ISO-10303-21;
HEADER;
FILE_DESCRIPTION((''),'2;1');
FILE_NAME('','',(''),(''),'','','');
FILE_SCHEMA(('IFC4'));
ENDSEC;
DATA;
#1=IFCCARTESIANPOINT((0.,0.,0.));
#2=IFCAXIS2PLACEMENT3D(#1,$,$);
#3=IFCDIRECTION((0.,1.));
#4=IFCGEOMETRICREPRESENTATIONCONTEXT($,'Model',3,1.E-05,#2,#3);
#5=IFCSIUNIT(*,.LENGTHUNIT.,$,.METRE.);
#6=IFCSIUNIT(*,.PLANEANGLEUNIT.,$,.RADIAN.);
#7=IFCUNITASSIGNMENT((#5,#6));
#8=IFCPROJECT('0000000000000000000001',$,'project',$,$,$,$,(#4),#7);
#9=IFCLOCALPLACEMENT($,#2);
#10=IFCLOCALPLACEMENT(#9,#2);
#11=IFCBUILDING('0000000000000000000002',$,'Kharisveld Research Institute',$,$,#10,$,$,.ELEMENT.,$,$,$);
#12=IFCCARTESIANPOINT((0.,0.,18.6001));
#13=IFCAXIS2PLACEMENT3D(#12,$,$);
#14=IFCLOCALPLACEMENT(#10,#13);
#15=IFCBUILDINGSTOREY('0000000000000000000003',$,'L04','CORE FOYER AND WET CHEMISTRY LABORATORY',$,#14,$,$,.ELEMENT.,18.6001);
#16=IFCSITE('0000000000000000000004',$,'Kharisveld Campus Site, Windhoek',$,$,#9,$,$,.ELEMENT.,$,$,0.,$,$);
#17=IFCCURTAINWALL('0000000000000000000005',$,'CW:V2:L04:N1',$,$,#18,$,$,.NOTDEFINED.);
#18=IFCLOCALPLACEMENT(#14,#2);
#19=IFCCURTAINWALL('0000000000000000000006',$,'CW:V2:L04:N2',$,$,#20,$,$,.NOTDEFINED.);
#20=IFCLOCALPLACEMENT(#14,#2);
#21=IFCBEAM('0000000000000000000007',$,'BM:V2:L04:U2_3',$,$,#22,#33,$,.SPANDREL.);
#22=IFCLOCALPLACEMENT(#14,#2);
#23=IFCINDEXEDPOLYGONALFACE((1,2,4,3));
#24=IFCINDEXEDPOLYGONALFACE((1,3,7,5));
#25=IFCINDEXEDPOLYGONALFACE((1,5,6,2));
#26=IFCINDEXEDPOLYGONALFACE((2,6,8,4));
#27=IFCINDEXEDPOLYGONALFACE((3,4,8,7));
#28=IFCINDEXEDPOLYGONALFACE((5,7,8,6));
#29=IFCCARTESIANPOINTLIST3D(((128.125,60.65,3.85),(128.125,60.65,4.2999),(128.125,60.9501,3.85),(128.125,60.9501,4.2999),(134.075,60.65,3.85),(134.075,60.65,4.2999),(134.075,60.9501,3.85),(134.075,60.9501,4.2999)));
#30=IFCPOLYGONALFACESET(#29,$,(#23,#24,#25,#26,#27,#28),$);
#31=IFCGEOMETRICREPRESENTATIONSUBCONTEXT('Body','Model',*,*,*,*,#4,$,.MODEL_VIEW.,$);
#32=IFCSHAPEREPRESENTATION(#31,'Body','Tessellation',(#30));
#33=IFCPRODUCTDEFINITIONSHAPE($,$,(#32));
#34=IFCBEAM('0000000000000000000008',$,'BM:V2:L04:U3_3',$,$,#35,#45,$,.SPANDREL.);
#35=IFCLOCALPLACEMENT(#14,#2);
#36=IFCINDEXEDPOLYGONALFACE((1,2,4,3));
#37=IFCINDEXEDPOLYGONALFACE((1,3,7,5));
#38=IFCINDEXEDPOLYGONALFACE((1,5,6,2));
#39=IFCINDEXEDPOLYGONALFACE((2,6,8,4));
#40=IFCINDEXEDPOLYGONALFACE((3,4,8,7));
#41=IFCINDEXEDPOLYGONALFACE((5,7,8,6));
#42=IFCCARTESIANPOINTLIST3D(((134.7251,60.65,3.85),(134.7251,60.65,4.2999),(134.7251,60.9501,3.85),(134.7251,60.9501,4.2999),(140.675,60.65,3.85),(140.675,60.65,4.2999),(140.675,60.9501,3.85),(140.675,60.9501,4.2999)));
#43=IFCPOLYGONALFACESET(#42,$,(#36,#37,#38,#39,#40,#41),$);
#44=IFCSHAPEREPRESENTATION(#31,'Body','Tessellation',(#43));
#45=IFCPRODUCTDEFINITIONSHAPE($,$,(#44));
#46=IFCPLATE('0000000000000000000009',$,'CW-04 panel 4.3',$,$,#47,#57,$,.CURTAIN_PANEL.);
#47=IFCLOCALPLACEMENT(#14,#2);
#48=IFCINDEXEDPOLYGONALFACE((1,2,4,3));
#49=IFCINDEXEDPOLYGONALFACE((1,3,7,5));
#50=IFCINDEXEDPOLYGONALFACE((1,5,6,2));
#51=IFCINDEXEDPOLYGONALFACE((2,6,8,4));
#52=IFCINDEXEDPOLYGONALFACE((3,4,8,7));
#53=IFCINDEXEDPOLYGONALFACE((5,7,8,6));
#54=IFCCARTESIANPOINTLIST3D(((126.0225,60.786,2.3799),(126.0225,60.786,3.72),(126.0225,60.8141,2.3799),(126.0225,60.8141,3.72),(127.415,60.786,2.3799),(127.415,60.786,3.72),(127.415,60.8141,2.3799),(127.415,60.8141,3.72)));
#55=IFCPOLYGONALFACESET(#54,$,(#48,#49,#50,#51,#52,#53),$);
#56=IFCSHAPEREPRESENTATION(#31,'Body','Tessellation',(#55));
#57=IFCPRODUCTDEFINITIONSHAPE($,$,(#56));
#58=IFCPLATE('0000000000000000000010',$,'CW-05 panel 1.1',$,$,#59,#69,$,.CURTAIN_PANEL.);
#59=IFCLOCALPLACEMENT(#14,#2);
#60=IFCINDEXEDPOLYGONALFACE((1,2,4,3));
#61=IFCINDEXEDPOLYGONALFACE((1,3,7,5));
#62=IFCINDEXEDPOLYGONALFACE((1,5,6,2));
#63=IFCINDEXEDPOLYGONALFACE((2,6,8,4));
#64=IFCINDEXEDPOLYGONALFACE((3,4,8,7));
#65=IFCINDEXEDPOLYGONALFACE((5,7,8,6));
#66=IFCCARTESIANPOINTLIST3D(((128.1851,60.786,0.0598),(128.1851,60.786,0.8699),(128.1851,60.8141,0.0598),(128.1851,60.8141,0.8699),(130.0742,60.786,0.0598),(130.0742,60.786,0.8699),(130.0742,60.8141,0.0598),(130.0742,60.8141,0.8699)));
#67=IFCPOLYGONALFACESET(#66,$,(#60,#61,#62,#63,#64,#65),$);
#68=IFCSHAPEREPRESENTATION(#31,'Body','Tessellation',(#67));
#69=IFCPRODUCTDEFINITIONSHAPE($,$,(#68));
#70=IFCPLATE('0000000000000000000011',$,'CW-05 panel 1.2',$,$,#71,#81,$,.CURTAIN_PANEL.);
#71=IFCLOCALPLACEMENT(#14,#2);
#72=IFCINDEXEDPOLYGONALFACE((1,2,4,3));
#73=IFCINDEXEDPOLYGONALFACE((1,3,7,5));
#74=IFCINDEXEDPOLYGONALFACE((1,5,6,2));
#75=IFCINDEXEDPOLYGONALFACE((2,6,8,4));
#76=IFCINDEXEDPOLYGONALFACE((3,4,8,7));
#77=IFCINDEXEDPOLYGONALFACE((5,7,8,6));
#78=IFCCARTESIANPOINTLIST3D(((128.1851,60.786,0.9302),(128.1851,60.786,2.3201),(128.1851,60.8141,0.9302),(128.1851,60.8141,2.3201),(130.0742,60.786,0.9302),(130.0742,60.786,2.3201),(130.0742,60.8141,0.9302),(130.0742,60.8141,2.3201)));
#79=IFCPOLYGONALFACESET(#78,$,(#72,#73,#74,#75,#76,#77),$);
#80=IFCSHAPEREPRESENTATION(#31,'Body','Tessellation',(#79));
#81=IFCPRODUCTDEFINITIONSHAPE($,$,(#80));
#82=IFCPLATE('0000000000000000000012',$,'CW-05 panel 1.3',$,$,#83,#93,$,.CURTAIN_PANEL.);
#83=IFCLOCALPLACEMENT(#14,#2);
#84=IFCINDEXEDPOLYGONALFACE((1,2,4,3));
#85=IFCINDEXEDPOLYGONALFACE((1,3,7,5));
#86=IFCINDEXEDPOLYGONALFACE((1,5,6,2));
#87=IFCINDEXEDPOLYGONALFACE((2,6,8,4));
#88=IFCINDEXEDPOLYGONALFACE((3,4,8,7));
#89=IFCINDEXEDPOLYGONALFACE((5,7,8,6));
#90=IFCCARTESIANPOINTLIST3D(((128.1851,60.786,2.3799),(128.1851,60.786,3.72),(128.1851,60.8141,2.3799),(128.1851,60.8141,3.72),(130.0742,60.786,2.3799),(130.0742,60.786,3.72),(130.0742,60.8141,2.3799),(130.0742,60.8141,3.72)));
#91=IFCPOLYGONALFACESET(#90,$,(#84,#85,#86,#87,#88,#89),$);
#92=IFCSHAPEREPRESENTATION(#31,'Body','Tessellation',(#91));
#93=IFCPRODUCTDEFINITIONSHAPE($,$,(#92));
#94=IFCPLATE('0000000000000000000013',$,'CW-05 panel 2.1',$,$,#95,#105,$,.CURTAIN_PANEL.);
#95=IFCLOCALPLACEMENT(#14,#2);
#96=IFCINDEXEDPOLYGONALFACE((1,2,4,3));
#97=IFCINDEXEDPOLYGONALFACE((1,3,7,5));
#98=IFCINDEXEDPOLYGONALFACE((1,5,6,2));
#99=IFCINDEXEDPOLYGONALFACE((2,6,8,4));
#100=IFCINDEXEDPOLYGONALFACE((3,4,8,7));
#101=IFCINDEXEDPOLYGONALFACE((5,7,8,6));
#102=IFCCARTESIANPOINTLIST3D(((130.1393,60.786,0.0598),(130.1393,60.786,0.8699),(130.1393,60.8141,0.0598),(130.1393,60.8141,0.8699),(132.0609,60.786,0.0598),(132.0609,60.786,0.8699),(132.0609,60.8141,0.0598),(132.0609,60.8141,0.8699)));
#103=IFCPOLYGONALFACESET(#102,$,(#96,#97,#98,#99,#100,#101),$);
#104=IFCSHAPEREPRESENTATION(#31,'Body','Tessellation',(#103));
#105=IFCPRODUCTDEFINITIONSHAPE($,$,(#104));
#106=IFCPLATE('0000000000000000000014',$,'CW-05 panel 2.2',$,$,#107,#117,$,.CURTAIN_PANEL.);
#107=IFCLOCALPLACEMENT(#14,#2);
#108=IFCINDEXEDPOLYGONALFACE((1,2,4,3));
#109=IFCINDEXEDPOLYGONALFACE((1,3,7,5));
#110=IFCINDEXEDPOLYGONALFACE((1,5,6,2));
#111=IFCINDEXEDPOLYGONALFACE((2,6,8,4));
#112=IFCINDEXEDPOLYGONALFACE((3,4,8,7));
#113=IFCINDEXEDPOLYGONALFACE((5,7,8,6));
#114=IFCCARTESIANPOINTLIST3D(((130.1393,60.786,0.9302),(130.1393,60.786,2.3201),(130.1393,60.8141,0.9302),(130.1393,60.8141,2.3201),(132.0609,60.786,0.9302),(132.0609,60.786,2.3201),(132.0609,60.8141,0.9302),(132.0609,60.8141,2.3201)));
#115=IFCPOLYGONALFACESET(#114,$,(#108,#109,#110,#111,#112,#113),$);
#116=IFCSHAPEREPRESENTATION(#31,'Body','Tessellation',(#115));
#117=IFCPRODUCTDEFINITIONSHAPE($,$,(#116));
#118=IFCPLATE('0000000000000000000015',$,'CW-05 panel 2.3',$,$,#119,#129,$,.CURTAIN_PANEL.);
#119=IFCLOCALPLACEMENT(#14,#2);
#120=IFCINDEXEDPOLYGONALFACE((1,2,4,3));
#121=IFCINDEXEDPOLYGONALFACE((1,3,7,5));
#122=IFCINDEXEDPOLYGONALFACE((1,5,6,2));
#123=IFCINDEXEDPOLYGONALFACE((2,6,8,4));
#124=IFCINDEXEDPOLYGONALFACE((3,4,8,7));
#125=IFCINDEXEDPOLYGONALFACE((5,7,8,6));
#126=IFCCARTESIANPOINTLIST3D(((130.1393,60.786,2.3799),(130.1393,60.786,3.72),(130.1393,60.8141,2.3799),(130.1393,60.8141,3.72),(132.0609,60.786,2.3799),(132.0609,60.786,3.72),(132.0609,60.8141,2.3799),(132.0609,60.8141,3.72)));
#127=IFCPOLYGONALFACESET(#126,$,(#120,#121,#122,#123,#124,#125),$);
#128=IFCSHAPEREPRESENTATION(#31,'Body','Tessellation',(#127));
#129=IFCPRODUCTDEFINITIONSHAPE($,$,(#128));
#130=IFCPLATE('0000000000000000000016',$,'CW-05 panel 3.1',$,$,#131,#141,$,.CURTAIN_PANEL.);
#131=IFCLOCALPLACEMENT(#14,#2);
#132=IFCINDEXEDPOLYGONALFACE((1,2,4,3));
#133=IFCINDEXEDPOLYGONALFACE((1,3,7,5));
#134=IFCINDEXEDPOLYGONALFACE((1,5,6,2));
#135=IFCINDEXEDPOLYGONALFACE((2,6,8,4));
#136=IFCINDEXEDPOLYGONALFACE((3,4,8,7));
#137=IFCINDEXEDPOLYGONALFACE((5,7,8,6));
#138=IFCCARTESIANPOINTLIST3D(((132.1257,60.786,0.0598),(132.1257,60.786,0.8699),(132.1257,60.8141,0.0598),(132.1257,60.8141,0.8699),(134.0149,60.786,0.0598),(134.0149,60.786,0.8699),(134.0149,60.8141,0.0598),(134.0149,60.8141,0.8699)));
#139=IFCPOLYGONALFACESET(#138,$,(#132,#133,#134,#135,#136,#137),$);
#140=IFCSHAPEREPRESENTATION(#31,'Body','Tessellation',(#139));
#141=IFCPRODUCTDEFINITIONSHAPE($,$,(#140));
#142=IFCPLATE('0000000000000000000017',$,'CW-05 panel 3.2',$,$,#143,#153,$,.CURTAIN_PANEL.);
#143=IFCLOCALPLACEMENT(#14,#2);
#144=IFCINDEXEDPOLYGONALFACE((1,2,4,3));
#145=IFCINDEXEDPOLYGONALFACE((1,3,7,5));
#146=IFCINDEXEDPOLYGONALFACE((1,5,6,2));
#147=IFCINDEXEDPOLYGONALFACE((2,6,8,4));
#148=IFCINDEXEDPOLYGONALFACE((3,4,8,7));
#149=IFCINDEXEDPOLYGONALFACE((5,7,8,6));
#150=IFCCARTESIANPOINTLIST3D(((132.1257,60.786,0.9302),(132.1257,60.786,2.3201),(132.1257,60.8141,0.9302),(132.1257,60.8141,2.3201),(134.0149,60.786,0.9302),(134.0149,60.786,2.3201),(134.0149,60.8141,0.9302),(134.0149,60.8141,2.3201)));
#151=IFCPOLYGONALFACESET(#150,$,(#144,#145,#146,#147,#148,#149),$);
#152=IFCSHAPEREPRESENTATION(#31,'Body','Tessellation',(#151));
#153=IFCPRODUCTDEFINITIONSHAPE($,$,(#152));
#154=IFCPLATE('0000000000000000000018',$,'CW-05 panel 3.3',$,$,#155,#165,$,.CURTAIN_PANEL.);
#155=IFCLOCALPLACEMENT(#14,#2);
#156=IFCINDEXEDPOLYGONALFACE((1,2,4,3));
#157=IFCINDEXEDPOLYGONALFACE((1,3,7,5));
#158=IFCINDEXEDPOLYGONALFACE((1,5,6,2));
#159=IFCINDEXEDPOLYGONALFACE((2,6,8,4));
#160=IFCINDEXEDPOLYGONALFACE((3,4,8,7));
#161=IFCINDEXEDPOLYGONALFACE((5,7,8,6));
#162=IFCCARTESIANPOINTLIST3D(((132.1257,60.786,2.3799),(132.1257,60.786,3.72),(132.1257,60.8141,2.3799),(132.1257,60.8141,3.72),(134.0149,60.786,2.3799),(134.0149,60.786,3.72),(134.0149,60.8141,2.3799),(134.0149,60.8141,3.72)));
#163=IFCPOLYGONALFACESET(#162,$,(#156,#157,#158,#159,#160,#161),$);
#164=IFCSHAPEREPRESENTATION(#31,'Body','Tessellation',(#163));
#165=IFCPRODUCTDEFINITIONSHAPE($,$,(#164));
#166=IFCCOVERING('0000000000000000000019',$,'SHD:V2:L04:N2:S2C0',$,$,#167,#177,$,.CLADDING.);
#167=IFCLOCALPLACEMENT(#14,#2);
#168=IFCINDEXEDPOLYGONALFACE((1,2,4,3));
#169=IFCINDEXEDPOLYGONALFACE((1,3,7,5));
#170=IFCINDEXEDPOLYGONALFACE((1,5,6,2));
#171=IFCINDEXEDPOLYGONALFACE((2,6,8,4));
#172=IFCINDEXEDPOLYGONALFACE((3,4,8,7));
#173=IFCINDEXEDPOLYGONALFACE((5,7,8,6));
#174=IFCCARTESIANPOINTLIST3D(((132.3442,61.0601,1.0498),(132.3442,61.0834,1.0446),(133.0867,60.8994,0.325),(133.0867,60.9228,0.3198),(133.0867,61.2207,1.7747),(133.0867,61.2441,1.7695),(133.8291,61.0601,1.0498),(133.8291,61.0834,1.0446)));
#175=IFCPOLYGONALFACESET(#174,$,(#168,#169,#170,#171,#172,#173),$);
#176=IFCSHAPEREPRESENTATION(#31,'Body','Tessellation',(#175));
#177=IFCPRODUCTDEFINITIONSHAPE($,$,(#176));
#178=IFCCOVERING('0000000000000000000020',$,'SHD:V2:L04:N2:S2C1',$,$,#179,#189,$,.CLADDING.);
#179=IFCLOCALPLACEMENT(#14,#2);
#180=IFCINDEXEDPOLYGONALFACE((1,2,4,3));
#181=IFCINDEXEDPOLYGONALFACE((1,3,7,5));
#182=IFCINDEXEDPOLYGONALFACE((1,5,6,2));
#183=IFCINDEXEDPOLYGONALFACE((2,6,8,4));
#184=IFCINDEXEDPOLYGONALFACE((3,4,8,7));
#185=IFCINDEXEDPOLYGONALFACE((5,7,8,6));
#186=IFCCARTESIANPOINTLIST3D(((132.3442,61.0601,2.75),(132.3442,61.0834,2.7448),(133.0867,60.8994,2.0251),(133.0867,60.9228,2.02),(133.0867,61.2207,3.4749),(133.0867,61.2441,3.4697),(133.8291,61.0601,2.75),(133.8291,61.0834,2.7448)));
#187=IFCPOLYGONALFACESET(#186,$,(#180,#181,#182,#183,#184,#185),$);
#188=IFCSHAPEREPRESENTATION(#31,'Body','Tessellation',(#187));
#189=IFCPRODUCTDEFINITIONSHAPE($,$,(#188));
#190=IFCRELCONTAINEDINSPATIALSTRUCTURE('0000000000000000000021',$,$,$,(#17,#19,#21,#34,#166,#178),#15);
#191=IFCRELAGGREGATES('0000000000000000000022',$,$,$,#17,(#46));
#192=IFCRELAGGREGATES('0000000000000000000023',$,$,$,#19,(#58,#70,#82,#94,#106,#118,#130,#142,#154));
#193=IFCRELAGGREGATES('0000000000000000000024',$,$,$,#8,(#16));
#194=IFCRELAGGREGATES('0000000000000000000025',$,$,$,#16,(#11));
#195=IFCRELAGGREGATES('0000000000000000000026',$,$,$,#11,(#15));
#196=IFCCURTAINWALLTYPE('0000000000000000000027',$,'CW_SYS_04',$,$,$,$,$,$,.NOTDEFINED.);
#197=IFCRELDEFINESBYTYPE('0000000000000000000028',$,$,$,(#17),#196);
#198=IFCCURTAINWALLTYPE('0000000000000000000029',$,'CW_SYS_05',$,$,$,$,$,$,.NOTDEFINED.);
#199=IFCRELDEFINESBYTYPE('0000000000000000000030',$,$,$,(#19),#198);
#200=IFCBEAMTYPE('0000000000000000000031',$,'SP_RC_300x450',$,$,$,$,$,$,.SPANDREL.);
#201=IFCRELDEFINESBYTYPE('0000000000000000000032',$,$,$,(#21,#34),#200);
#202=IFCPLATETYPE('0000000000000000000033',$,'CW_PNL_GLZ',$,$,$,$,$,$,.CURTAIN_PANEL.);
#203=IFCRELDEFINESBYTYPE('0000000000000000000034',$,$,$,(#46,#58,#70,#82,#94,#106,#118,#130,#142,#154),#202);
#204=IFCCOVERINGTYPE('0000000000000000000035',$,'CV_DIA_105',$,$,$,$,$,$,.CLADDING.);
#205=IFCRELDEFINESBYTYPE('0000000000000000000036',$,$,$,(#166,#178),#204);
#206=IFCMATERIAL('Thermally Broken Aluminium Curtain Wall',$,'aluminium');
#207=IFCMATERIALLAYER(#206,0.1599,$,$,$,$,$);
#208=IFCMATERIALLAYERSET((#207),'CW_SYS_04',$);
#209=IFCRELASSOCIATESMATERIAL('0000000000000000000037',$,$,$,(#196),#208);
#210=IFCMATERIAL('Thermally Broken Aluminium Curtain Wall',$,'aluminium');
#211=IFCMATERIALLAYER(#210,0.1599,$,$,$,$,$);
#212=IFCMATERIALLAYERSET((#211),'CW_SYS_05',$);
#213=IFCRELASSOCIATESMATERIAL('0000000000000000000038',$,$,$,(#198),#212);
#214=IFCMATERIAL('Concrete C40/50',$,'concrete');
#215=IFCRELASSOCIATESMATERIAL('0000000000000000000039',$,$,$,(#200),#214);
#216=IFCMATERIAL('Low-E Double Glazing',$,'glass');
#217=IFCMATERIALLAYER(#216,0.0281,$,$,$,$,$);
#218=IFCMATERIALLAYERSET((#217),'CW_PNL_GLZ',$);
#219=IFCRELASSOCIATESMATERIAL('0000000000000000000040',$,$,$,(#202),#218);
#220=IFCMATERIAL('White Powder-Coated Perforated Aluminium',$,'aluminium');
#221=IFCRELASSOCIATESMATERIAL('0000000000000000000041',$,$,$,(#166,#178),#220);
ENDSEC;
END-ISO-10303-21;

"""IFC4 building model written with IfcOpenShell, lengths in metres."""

from ifc_helpers import new_model, si_unit, direction, frame, origin, origin_2d, place, context, subcontext, project, spatial, polyline, rectangle, outline, extrude, material, layer, layer_set, material_profile, profile_set, type_object, element, aggregate, save


model = new_model("IFC4")

# Units and contexts
model_context = context("Model", 3, precision=1e-05, world=origin(), true_north=direction((0.0, 1.0)))
body_context = subcontext(model_context, "Body", "Model", "MODEL_VIEW")
ifc_project = project(units=[si_unit("LENGTHUNIT", "METRE"), si_unit("PLANEANGLEUNIT", "RADIAN")], contexts=[model_context])

# Site, building, storey
site_placement = place(None, origin())
site = spatial("IfcSite", under=ifc_project, at=site_placement, Name="Kharisveld Campus Site, Windhoek", CompositionType="ELEMENT", RefElevation=0.0)
building_placement = place(site_placement, origin())
building = spatial("IfcBuilding", under=site, at=building_placement, Name="Kharisveld Research Institute", CompositionType="ELEMENT")
storey_placement = place(building_placement, frame((0.0, 0.0, 18.6001)))
storey = spatial("IfcBuildingStorey", under=building, at=storey_placement, Name="L04", Description="CORE FOYER AND WET CHEMISTRY LABORATORY", CompositionType="ELEMENT", Elevation=18.6001)

# Curtain wall
ifc_material_1 = material(Name="Thermally Broken Aluminium Curtain Wall", Category="aluminium")
ifc_layer_1 = layer(ifc_material_1, 0.1599)
ifc_layer_set_1 = layer_set([ifc_layer_1], Name="CW_SYS_04")
curtain_wall_type_1 = type_object("IfcCurtainWallType", Name="CW_SYS_04", PredefinedType="NOTDEFINED", material=ifc_layer_set_1)
curtain_wall_1_placement = place(storey_placement, origin())
curtain_wall_1 = element("IfcCurtainWall", 1, at=curtain_wall_1_placement, inside=storey, type_object=curtain_wall_type_1, Name="CW:V2:L04:N1", PredefinedType="NOTDEFINED")

# Curtain wall
ifc_material_2 = material(Name="Thermally Broken Aluminium Curtain Wall", Category="aluminium")
ifc_layer_2 = layer(ifc_material_2, 0.1599)
ifc_layer_set_2 = layer_set([ifc_layer_2], Name="CW_SYS_05")
curtain_wall_type_2 = type_object("IfcCurtainWallType", Name="CW_SYS_05", PredefinedType="NOTDEFINED", material=ifc_layer_set_2)
curtain_wall_2_placement = place(storey_placement, origin())
curtain_wall_2 = element("IfcCurtainWall", 2, at=curtain_wall_2_placement, inside=storey, type_object=curtain_wall_type_2, Name="CW:V2:L04:N2", PredefinedType="NOTDEFINED")

# Beams
ifc_material_3 = material(Name="Concrete C40/50", Category="concrete")
ifc_material_profile_1 = material_profile(ifc_material_3, rectangle(XDim=0.3, YDim=0.45, at=origin_2d()))
ifc_profile_set_1 = profile_set([ifc_material_profile_1], Name="Concrete C40/50")
beam_type = type_object("IfcBeamType", Name="SP_RC_300x450", PredefinedType="SPANDREL", material=ifc_profile_set_1)
for number, where, z_axis, x_axis, name in (
    (3, (128.125, 60.8, 4.075), (1.0, 0.0, 0.0), (0.0, 1.0, 0.0), "BM:V2:L04:U2_3"),
    (4, (134.7251, 60.8, 4.075), (1.0, 0.0, 0.0), (0.0, 1.0, 0.0), "BM:V2:L04:U3_3"),
):
    element("IfcBeam", number, at=place(storey_placement, frame(where, z_axis=z_axis, x_axis=x_axis)), inside=storey, type_object=beam_type, Name=name, PredefinedType="SPANDREL", context=body_context, shape_type="SweptSolid", body=[
        extrude(rectangle(XDim=0.3, YDim=0.45, at=origin_2d()), origin(), (0.0, 0.0, 1.0), 5.95),
    ])

# Plates
ifc_material_4 = material(Name="Low-E Double Glazing", Category="glass")
ifc_layer_3 = layer(ifc_material_4, 0.0281)
ifc_layer_set_3 = layer_set([ifc_layer_3], Name="CW_PNL_GLZ")
plate_type = type_object("IfcPlateType", Name="CW_PNL_GLZ", PredefinedType="CURTAIN_PANEL", material=ifc_layer_set_3)
plate_1_placement = place(storey_placement, frame((126.7188, 60.8, 2.3799), z_axis=(0.0, 0.0, 1.0), x_axis=(1.0, 0.0, 0.0)))
plate_1 = element("IfcPlate", 5, at=plate_1_placement, type_object=plate_type, Name="CW-04 panel 4.3", PredefinedType="CURTAIN_PANEL", context=body_context, shape_type="SweptSolid", body=[
    extrude(rectangle(XDim=1.3926, YDim=0.0281, at=origin_2d()), origin(), (0.0, 0.0, 1.0), 1.3401),
])
aggregate(curtain_wall_1, [plate_1])
plate_2_placement = place(storey_placement, frame((129.1296, 60.8, 0.0598), z_axis=(0.0, 0.0, 1.0), x_axis=(1.0, 0.0, 0.0)))
plate_2 = element("IfcPlate", 6, at=plate_2_placement, type_object=plate_type, Name="CW-05 panel 1.1", PredefinedType="CURTAIN_PANEL", context=body_context, shape_type="SweptSolid", body=[
    extrude(rectangle(XDim=1.8892, YDim=0.0281, at=origin_2d()), origin(), (0.0, 0.0, 1.0), 0.8101),
])
plate_3_placement = place(storey_placement, frame((129.1296, 60.8, 0.9302), z_axis=(0.0, 0.0, 1.0), x_axis=(1.0, 0.0, 0.0)))
plate_3 = element("IfcPlate", 7, at=plate_3_placement, type_object=plate_type, Name="CW-05 panel 1.2", PredefinedType="CURTAIN_PANEL", context=body_context, shape_type="SweptSolid", body=[
    extrude(rectangle(XDim=1.8892, YDim=0.0281, at=origin_2d()), origin(), (0.0, 0.0, 1.0), 1.3899),
])
plate_4_placement = place(storey_placement, frame((129.1296, 60.8, 2.3799), z_axis=(0.0, 0.0, 1.0), x_axis=(1.0, 0.0, 0.0)))
plate_4 = element("IfcPlate", 8, at=plate_4_placement, type_object=plate_type, Name="CW-05 panel 1.3", PredefinedType="CURTAIN_PANEL", context=body_context, shape_type="SweptSolid", body=[
    extrude(rectangle(XDim=1.8892, YDim=0.0281, at=origin_2d()), origin(), (0.0, 0.0, 1.0), 1.3401),
])
plate_5_placement = place(storey_placement, frame((131.1001, 60.8, 0.0598), z_axis=(0.0, 0.0, 1.0), x_axis=(1.0, 0.0, 0.0)))
plate_5 = element("IfcPlate", 9, at=plate_5_placement, type_object=plate_type, Name="CW-05 panel 2.1", PredefinedType="CURTAIN_PANEL", context=body_context, shape_type="SweptSolid", body=[
    extrude(rectangle(XDim=1.9216, YDim=0.0281, at=origin_2d()), origin(), (0.0, 0.0, 1.0), 0.8101),
])
plate_6_placement = place(storey_placement, frame((131.1001, 60.8, 0.9302), z_axis=(0.0, 0.0, 1.0), x_axis=(1.0, 0.0, 0.0)))
plate_6 = element("IfcPlate", 10, at=plate_6_placement, type_object=plate_type, Name="CW-05 panel 2.2", PredefinedType="CURTAIN_PANEL", context=body_context, shape_type="SweptSolid", body=[
    extrude(rectangle(XDim=1.9216, YDim=0.0281, at=origin_2d()), origin(), (0.0, 0.0, 1.0), 1.3899),
])
plate_7_placement = place(storey_placement, frame((131.1001, 60.8, 2.3799), z_axis=(0.0, 0.0, 1.0), x_axis=(1.0, 0.0, 0.0)))
plate_7 = element("IfcPlate", 11, at=plate_7_placement, type_object=plate_type, Name="CW-05 panel 2.3", PredefinedType="CURTAIN_PANEL", context=body_context, shape_type="SweptSolid", body=[
    extrude(rectangle(XDim=1.9216, YDim=0.0281, at=origin_2d()), origin(), (0.0, 0.0, 1.0), 1.3401),
])
plate_8_placement = place(storey_placement, frame((133.0703, 60.8, 0.0598), z_axis=(0.0, 0.0, 1.0), x_axis=(1.0, 0.0, 0.0)))
plate_8 = element("IfcPlate", 12, at=plate_8_placement, type_object=plate_type, Name="CW-05 panel 3.1", PredefinedType="CURTAIN_PANEL", context=body_context, shape_type="SweptSolid", body=[
    extrude(rectangle(XDim=1.8892, YDim=0.0281, at=origin_2d()), origin(), (0.0, 0.0, 1.0), 0.8101),
])
plate_9_placement = place(storey_placement, frame((133.0703, 60.8, 0.9302), z_axis=(0.0, 0.0, 1.0), x_axis=(1.0, 0.0, 0.0)))
plate_9 = element("IfcPlate", 13, at=plate_9_placement, type_object=plate_type, Name="CW-05 panel 3.2", PredefinedType="CURTAIN_PANEL", context=body_context, shape_type="SweptSolid", body=[
    extrude(rectangle(XDim=1.8892, YDim=0.0281, at=origin_2d()), origin(), (0.0, 0.0, 1.0), 1.3899),
])
plate_10_placement = place(storey_placement, frame((133.0703, 60.8, 2.3799), z_axis=(0.0, 0.0, 1.0), x_axis=(1.0, 0.0, 0.0)))
plate_10 = element("IfcPlate", 14, at=plate_10_placement, type_object=plate_type, Name="CW-05 panel 3.3", PredefinedType="CURTAIN_PANEL", context=body_context, shape_type="SweptSolid", body=[
    extrude(rectangle(XDim=1.8892, YDim=0.0281, at=origin_2d()), origin(), (0.0, 0.0, 1.0), 1.3401),
])
aggregate(curtain_wall_2, [plate_2, plate_3, plate_4, plate_5, plate_6, plate_7, plate_8, plate_9, plate_10])

# Coverings
ifc_material_5 = material(Name="White Powder-Coated Perforated Aluminium", Category="aluminium")
covering_type = type_object("IfcCoveringType", Name="CV_DIA_105", PredefinedType="CLADDING")
for number, where, z_axis, x_axis, name in (
    (15, (133.0867, 60.8994, 0.325), (0.0, -0.976311, 0.216373), (0.707102, 0.153, 0.69036), "SHD:V2:L04:N2:S2C0"),
    (16, (133.0867, 60.8994, 2.0251), (0.0, -0.976311, 0.216373), (0.707102, 0.153, 0.69036), "SHD:V2:L04:N2:S2C1"),
):
    element("IfcCovering", number, at=place(storey_placement, frame(where, z_axis=z_axis, x_axis=x_axis)), inside=storey, type_object=covering_type, material=ifc_material_5, Name=name, PredefinedType="CLADDING", context=body_context, shape_type="SweptSolid", body=[
        extrude(outline(polyline([(0.0, 0.0), (1.05, 0.0), (1.05, 1.05), (0.0, 1.05), (0.0, 0.0)])), origin(), (0.0, 0.0, -1.0), 0.0239),
    ])

save(model, "model.ifc")
